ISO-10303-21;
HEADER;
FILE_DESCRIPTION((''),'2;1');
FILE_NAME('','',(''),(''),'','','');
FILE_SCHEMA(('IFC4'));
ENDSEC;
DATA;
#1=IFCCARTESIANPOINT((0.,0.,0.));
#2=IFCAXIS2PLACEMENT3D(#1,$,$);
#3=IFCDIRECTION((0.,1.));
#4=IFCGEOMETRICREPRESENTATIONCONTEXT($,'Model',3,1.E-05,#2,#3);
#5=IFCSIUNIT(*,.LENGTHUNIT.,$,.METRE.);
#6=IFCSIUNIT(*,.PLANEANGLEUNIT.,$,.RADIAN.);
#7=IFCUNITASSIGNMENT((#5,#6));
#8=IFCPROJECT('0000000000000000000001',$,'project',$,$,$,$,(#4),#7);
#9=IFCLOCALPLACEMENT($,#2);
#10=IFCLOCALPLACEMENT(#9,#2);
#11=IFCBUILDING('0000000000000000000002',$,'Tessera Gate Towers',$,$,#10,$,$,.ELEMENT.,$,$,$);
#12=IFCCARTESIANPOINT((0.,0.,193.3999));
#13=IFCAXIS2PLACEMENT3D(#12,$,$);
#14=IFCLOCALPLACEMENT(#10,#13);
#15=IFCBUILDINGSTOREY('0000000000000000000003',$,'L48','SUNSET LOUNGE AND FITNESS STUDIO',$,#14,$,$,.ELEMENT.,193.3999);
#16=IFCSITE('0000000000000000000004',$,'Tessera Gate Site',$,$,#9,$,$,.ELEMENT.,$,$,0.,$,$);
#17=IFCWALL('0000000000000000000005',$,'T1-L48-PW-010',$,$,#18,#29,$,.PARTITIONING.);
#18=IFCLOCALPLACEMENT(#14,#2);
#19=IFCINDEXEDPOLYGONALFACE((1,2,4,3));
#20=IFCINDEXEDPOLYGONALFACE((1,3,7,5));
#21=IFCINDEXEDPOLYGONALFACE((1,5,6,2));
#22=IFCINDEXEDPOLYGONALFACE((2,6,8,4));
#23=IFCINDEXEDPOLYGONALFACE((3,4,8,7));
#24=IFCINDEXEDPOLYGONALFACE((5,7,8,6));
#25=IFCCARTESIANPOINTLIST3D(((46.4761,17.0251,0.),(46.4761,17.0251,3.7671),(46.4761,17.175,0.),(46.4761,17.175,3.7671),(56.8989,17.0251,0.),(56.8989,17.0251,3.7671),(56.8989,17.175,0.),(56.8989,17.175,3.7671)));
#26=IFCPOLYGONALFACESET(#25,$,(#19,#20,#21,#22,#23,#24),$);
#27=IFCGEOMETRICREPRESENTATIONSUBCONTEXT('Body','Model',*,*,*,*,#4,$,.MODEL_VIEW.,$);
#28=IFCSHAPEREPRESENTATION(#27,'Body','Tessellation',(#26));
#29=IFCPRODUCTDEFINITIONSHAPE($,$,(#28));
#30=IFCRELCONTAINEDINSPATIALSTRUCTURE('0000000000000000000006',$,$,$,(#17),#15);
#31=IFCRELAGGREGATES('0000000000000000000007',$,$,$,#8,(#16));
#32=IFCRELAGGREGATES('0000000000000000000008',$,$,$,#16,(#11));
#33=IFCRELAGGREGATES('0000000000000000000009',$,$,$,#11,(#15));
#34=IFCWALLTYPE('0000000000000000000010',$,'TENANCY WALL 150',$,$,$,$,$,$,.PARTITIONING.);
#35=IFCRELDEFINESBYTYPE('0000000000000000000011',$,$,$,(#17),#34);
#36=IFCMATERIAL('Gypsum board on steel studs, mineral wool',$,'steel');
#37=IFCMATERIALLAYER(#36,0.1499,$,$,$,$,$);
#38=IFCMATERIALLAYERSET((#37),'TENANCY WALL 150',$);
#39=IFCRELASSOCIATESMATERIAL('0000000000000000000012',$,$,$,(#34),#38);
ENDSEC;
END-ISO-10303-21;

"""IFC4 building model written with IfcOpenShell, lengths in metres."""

from ifc_helpers import new_model, si_unit, direction, frame, frame_2d, origin, place, context, subcontext, project, spatial, rectangle, extrude, material, layer, layer_set, type_object, element, save


model = new_model("IFC4")

# Units and contexts
model_context = context("Model", 3, precision=1e-05, world=origin(), true_north=direction((0.0, 1.0)))
body_context = subcontext(model_context, "Body", "Model", "MODEL_VIEW")
ifc_project = project(units=[si_unit("LENGTHUNIT", "METRE"), si_unit("PLANEANGLEUNIT", "RADIAN")], contexts=[model_context])

# Site, building, storey
site_placement = place(None, origin())
site = spatial("IfcSite", under=ifc_project, at=site_placement, Name="Tessera Gate Site", CompositionType="ELEMENT", RefElevation=0.0)
building_placement = place(site_placement, origin())
building = spatial("IfcBuilding", under=site, at=building_placement, Name="Tessera Gate Towers", CompositionType="ELEMENT")
storey_placement = place(building_placement, frame((0.0, 0.0, 193.3999)))
storey = spatial("IfcBuildingStorey", under=building, at=storey_placement, Name="L48", Description="SUNSET LOUNGE AND FITNESS STUDIO", CompositionType="ELEMENT", Elevation=193.3999)

# Wall
ifc_material_1 = material(Name="Gypsum board on steel studs, mineral wool", Category="steel")
ifc_layer_1 = layer(ifc_material_1, 0.1499)
ifc_layer_set_1 = layer_set([ifc_layer_1], Name="TENANCY WALL 150")
wall_type_1 = type_object("IfcWallType", Name="TENANCY WALL 150", PredefinedType="PARTITIONING", material=ifc_layer_set_1)
wall_1_placement = place(storey_placement, frame((46.4761, 17.1001, 0.0), z_axis=(0.0, 0.0, 1.0), x_axis=(1.0, 0.0, 0.0)))
element("IfcWall", 1, at=wall_1_placement, inside=storey, type_object=wall_type_1, Name="T1-L48-PW-010", PredefinedType="PARTITIONING", context=body_context, shape_type="SweptSolid", body=[
    extrude(rectangle(XDim=10.4229, YDim=0.1499, at=frame_2d((5.2114, 0.0))), origin(), (0.0, 0.0, 1.0), 3.7671),
])

save(model, "model.ifc")
